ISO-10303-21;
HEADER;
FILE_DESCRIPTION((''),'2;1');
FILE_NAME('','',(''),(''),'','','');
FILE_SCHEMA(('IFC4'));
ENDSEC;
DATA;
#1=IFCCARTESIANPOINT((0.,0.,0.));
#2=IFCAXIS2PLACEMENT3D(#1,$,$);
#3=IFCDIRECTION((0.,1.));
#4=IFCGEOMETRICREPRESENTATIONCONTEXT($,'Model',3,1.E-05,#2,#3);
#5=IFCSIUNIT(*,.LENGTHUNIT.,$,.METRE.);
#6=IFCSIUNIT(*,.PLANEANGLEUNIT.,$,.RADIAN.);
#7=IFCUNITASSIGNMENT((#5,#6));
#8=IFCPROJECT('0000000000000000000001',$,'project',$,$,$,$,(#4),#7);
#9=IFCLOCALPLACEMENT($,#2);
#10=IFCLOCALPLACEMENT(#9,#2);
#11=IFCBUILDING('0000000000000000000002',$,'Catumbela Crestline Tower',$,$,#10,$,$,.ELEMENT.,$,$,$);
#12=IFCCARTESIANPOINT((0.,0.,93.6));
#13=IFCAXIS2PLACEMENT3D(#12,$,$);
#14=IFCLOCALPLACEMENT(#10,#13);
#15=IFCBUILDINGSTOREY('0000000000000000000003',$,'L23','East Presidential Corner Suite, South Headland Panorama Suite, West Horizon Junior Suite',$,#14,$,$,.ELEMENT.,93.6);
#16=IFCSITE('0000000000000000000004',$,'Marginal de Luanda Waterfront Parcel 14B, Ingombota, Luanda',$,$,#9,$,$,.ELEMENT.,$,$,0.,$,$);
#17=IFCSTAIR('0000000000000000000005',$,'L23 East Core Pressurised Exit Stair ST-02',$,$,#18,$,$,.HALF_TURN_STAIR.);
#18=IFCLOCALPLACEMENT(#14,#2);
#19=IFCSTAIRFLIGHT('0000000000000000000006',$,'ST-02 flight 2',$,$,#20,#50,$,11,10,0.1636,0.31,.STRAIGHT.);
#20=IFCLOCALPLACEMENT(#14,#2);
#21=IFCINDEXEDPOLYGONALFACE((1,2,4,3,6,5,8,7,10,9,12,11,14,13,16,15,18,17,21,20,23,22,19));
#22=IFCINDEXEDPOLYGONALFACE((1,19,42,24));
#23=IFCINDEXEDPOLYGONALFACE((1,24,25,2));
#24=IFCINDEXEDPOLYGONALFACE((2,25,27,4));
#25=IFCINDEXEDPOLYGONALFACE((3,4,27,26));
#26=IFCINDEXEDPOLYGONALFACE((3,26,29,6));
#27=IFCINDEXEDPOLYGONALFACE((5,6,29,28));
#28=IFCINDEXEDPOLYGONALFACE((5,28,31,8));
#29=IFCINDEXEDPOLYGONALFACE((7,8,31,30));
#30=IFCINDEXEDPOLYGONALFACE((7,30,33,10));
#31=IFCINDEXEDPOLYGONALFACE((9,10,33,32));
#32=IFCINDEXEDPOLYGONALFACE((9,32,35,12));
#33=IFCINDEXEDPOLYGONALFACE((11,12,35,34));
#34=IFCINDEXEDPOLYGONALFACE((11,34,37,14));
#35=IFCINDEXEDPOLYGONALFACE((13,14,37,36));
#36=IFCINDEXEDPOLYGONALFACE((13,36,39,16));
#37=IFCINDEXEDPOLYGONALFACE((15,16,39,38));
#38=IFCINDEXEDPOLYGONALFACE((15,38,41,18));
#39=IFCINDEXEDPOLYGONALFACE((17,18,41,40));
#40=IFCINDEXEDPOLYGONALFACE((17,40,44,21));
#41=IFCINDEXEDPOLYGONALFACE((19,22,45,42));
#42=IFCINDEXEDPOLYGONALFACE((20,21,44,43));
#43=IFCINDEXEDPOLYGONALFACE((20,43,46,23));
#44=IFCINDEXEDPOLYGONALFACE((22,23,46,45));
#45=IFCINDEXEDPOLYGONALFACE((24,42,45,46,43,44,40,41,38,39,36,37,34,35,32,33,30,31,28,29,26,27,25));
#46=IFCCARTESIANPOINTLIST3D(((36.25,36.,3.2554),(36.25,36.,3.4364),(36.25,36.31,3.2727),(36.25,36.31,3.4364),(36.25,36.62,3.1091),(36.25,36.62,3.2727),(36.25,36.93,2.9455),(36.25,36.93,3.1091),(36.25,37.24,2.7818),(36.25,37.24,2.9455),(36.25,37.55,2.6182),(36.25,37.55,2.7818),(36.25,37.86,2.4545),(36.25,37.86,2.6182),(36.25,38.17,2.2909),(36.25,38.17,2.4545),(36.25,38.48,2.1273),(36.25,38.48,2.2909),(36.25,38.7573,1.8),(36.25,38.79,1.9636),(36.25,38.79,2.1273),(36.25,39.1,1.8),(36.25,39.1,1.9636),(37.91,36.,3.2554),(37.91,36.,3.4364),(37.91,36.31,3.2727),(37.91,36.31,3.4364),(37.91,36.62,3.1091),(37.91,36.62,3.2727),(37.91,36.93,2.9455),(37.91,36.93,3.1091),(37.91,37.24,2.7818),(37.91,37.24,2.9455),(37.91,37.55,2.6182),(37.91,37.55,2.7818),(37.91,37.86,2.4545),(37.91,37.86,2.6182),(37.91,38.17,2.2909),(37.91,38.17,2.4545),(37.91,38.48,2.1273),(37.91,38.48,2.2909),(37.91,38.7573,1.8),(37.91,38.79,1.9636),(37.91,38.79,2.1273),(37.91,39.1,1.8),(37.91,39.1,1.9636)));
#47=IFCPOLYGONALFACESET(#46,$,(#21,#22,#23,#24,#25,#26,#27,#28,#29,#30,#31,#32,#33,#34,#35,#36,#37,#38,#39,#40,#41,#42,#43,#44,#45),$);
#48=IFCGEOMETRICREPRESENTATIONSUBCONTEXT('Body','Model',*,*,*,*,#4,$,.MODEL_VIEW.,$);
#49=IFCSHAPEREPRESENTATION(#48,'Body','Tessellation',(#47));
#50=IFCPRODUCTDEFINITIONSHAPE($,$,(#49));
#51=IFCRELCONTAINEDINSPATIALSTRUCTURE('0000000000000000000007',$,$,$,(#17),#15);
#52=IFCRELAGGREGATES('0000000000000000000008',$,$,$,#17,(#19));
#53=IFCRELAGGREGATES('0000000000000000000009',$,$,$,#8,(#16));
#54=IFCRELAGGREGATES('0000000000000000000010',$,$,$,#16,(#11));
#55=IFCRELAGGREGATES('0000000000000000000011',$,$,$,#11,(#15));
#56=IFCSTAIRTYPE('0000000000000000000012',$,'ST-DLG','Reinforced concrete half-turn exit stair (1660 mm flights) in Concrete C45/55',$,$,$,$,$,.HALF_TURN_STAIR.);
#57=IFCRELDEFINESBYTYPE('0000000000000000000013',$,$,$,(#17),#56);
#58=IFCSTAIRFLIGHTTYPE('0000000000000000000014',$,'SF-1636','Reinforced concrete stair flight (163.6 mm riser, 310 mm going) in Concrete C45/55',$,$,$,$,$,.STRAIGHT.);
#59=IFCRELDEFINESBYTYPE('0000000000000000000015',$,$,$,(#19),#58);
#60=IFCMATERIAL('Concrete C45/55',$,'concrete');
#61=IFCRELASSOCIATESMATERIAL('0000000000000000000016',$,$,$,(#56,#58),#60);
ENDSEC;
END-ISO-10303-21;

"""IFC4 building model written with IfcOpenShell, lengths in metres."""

from ifc_helpers import new_model, si_unit, direction, frame, origin, place, context, subcontext, project, spatial, polyline, outline, extrude, material, type_object, element, aggregate, save


model = new_model("IFC4")

# Units and contexts
model_context = context("Model", 3, precision=1e-05, world=origin(), true_north=direction((0.0, 1.0)))
body_context = subcontext(model_context, "Body", "Model", "MODEL_VIEW")
ifc_project = project(units=[si_unit("LENGTHUNIT", "METRE"), si_unit("PLANEANGLEUNIT", "RADIAN")], contexts=[model_context])

# Site, building, storey
site_placement = place(None, origin())
site = spatial("IfcSite", under=ifc_project, at=site_placement, Name="Marginal de Luanda Waterfront Parcel 14B, Ingombota, Luanda", CompositionType="ELEMENT", RefElevation=0.0)
building_placement = place(site_placement, origin())
building = spatial("IfcBuilding", under=site, at=building_placement, Name="Catumbela Crestline Tower", CompositionType="ELEMENT")
storey_placement = place(building_placement, frame((0.0, 0.0, 93.6)))
storey = spatial("IfcBuildingStorey", under=building, at=storey_placement, Name="L23", Description="East Presidential Corner Suite, South Headland Panorama Suite, West Horizon Junior Suite", CompositionType="ELEMENT", Elevation=93.6)

# Stair, stair flight
ifc_material_1 = material(Name="Concrete C45/55", Category="concrete")
stair_type = type_object("IfcStairType", Name="ST-DLG", Description="Reinforced concrete half-turn exit stair (1660 mm flights) in Concrete C45/55", PredefinedType="HALF_TURN_STAIR", material=ifc_material_1)
stair_placement = place(storey_placement, origin())
stair = element("IfcStair", 1, at=stair_placement, inside=storey, type_object=stair_type, Name="L23 East Core Pressurised Exit Stair ST-02", PredefinedType="HALF_TURN_STAIR")
stair_flight_type = type_object("IfcStairFlightType", Name="SF-1636", Description="Reinforced concrete stair flight (163.6 mm riser, 310 mm going) in Concrete C45/55", PredefinedType="STRAIGHT", material=ifc_material_1)
stair_flight_placement = place(storey_placement, frame((37.08, 39.1, 1.8), z_axis=(0.0, 0.0, 1.0), x_axis=(0.0, -1.0, 0.0)))
stair_flight = element("IfcStairFlight", 2, at=stair_flight_placement, type_object=stair_flight_type, Name="ST-02 flight 2", NumberOfRisers=11, NumberOfTreads=10, PredefinedType="STRAIGHT", RiserHeight=0.1636, TreadLength=0.31, context=body_context, shape_type="SweptSolid", body=[
    extrude(outline(polyline([(0.0, 0.0), (0.0, 0.1636), (0.31, 0.1636), (0.31, 0.3273), (0.62, 0.3273), (0.62, 0.4909), (0.93, 0.4909), (0.93, 0.6545), (1.24, 0.6545), (1.24, 0.8182), (1.55, 0.8182), (1.55, 0.9818), (1.86, 0.9818), (1.86, 1.1455), (2.17, 1.1455), (2.17, 1.3091), (2.48, 1.3091), (2.48, 1.4727), (2.79, 1.4727), (2.79, 1.6364), (3.1, 1.6364), (3.1, 1.8), (3.1, 1.4554), (0.3427, 0.0), (0.0, 0.0)])), frame((0.0, 0.83, 0.0), z_axis=(0.0, -1.0, 0.0), x_axis=(1.0, 0.0, 0.0)), (0.0, 0.0, 1.0), 1.66),
])
aggregate(stair, [stair_flight])

save(model, "model.ifc")
